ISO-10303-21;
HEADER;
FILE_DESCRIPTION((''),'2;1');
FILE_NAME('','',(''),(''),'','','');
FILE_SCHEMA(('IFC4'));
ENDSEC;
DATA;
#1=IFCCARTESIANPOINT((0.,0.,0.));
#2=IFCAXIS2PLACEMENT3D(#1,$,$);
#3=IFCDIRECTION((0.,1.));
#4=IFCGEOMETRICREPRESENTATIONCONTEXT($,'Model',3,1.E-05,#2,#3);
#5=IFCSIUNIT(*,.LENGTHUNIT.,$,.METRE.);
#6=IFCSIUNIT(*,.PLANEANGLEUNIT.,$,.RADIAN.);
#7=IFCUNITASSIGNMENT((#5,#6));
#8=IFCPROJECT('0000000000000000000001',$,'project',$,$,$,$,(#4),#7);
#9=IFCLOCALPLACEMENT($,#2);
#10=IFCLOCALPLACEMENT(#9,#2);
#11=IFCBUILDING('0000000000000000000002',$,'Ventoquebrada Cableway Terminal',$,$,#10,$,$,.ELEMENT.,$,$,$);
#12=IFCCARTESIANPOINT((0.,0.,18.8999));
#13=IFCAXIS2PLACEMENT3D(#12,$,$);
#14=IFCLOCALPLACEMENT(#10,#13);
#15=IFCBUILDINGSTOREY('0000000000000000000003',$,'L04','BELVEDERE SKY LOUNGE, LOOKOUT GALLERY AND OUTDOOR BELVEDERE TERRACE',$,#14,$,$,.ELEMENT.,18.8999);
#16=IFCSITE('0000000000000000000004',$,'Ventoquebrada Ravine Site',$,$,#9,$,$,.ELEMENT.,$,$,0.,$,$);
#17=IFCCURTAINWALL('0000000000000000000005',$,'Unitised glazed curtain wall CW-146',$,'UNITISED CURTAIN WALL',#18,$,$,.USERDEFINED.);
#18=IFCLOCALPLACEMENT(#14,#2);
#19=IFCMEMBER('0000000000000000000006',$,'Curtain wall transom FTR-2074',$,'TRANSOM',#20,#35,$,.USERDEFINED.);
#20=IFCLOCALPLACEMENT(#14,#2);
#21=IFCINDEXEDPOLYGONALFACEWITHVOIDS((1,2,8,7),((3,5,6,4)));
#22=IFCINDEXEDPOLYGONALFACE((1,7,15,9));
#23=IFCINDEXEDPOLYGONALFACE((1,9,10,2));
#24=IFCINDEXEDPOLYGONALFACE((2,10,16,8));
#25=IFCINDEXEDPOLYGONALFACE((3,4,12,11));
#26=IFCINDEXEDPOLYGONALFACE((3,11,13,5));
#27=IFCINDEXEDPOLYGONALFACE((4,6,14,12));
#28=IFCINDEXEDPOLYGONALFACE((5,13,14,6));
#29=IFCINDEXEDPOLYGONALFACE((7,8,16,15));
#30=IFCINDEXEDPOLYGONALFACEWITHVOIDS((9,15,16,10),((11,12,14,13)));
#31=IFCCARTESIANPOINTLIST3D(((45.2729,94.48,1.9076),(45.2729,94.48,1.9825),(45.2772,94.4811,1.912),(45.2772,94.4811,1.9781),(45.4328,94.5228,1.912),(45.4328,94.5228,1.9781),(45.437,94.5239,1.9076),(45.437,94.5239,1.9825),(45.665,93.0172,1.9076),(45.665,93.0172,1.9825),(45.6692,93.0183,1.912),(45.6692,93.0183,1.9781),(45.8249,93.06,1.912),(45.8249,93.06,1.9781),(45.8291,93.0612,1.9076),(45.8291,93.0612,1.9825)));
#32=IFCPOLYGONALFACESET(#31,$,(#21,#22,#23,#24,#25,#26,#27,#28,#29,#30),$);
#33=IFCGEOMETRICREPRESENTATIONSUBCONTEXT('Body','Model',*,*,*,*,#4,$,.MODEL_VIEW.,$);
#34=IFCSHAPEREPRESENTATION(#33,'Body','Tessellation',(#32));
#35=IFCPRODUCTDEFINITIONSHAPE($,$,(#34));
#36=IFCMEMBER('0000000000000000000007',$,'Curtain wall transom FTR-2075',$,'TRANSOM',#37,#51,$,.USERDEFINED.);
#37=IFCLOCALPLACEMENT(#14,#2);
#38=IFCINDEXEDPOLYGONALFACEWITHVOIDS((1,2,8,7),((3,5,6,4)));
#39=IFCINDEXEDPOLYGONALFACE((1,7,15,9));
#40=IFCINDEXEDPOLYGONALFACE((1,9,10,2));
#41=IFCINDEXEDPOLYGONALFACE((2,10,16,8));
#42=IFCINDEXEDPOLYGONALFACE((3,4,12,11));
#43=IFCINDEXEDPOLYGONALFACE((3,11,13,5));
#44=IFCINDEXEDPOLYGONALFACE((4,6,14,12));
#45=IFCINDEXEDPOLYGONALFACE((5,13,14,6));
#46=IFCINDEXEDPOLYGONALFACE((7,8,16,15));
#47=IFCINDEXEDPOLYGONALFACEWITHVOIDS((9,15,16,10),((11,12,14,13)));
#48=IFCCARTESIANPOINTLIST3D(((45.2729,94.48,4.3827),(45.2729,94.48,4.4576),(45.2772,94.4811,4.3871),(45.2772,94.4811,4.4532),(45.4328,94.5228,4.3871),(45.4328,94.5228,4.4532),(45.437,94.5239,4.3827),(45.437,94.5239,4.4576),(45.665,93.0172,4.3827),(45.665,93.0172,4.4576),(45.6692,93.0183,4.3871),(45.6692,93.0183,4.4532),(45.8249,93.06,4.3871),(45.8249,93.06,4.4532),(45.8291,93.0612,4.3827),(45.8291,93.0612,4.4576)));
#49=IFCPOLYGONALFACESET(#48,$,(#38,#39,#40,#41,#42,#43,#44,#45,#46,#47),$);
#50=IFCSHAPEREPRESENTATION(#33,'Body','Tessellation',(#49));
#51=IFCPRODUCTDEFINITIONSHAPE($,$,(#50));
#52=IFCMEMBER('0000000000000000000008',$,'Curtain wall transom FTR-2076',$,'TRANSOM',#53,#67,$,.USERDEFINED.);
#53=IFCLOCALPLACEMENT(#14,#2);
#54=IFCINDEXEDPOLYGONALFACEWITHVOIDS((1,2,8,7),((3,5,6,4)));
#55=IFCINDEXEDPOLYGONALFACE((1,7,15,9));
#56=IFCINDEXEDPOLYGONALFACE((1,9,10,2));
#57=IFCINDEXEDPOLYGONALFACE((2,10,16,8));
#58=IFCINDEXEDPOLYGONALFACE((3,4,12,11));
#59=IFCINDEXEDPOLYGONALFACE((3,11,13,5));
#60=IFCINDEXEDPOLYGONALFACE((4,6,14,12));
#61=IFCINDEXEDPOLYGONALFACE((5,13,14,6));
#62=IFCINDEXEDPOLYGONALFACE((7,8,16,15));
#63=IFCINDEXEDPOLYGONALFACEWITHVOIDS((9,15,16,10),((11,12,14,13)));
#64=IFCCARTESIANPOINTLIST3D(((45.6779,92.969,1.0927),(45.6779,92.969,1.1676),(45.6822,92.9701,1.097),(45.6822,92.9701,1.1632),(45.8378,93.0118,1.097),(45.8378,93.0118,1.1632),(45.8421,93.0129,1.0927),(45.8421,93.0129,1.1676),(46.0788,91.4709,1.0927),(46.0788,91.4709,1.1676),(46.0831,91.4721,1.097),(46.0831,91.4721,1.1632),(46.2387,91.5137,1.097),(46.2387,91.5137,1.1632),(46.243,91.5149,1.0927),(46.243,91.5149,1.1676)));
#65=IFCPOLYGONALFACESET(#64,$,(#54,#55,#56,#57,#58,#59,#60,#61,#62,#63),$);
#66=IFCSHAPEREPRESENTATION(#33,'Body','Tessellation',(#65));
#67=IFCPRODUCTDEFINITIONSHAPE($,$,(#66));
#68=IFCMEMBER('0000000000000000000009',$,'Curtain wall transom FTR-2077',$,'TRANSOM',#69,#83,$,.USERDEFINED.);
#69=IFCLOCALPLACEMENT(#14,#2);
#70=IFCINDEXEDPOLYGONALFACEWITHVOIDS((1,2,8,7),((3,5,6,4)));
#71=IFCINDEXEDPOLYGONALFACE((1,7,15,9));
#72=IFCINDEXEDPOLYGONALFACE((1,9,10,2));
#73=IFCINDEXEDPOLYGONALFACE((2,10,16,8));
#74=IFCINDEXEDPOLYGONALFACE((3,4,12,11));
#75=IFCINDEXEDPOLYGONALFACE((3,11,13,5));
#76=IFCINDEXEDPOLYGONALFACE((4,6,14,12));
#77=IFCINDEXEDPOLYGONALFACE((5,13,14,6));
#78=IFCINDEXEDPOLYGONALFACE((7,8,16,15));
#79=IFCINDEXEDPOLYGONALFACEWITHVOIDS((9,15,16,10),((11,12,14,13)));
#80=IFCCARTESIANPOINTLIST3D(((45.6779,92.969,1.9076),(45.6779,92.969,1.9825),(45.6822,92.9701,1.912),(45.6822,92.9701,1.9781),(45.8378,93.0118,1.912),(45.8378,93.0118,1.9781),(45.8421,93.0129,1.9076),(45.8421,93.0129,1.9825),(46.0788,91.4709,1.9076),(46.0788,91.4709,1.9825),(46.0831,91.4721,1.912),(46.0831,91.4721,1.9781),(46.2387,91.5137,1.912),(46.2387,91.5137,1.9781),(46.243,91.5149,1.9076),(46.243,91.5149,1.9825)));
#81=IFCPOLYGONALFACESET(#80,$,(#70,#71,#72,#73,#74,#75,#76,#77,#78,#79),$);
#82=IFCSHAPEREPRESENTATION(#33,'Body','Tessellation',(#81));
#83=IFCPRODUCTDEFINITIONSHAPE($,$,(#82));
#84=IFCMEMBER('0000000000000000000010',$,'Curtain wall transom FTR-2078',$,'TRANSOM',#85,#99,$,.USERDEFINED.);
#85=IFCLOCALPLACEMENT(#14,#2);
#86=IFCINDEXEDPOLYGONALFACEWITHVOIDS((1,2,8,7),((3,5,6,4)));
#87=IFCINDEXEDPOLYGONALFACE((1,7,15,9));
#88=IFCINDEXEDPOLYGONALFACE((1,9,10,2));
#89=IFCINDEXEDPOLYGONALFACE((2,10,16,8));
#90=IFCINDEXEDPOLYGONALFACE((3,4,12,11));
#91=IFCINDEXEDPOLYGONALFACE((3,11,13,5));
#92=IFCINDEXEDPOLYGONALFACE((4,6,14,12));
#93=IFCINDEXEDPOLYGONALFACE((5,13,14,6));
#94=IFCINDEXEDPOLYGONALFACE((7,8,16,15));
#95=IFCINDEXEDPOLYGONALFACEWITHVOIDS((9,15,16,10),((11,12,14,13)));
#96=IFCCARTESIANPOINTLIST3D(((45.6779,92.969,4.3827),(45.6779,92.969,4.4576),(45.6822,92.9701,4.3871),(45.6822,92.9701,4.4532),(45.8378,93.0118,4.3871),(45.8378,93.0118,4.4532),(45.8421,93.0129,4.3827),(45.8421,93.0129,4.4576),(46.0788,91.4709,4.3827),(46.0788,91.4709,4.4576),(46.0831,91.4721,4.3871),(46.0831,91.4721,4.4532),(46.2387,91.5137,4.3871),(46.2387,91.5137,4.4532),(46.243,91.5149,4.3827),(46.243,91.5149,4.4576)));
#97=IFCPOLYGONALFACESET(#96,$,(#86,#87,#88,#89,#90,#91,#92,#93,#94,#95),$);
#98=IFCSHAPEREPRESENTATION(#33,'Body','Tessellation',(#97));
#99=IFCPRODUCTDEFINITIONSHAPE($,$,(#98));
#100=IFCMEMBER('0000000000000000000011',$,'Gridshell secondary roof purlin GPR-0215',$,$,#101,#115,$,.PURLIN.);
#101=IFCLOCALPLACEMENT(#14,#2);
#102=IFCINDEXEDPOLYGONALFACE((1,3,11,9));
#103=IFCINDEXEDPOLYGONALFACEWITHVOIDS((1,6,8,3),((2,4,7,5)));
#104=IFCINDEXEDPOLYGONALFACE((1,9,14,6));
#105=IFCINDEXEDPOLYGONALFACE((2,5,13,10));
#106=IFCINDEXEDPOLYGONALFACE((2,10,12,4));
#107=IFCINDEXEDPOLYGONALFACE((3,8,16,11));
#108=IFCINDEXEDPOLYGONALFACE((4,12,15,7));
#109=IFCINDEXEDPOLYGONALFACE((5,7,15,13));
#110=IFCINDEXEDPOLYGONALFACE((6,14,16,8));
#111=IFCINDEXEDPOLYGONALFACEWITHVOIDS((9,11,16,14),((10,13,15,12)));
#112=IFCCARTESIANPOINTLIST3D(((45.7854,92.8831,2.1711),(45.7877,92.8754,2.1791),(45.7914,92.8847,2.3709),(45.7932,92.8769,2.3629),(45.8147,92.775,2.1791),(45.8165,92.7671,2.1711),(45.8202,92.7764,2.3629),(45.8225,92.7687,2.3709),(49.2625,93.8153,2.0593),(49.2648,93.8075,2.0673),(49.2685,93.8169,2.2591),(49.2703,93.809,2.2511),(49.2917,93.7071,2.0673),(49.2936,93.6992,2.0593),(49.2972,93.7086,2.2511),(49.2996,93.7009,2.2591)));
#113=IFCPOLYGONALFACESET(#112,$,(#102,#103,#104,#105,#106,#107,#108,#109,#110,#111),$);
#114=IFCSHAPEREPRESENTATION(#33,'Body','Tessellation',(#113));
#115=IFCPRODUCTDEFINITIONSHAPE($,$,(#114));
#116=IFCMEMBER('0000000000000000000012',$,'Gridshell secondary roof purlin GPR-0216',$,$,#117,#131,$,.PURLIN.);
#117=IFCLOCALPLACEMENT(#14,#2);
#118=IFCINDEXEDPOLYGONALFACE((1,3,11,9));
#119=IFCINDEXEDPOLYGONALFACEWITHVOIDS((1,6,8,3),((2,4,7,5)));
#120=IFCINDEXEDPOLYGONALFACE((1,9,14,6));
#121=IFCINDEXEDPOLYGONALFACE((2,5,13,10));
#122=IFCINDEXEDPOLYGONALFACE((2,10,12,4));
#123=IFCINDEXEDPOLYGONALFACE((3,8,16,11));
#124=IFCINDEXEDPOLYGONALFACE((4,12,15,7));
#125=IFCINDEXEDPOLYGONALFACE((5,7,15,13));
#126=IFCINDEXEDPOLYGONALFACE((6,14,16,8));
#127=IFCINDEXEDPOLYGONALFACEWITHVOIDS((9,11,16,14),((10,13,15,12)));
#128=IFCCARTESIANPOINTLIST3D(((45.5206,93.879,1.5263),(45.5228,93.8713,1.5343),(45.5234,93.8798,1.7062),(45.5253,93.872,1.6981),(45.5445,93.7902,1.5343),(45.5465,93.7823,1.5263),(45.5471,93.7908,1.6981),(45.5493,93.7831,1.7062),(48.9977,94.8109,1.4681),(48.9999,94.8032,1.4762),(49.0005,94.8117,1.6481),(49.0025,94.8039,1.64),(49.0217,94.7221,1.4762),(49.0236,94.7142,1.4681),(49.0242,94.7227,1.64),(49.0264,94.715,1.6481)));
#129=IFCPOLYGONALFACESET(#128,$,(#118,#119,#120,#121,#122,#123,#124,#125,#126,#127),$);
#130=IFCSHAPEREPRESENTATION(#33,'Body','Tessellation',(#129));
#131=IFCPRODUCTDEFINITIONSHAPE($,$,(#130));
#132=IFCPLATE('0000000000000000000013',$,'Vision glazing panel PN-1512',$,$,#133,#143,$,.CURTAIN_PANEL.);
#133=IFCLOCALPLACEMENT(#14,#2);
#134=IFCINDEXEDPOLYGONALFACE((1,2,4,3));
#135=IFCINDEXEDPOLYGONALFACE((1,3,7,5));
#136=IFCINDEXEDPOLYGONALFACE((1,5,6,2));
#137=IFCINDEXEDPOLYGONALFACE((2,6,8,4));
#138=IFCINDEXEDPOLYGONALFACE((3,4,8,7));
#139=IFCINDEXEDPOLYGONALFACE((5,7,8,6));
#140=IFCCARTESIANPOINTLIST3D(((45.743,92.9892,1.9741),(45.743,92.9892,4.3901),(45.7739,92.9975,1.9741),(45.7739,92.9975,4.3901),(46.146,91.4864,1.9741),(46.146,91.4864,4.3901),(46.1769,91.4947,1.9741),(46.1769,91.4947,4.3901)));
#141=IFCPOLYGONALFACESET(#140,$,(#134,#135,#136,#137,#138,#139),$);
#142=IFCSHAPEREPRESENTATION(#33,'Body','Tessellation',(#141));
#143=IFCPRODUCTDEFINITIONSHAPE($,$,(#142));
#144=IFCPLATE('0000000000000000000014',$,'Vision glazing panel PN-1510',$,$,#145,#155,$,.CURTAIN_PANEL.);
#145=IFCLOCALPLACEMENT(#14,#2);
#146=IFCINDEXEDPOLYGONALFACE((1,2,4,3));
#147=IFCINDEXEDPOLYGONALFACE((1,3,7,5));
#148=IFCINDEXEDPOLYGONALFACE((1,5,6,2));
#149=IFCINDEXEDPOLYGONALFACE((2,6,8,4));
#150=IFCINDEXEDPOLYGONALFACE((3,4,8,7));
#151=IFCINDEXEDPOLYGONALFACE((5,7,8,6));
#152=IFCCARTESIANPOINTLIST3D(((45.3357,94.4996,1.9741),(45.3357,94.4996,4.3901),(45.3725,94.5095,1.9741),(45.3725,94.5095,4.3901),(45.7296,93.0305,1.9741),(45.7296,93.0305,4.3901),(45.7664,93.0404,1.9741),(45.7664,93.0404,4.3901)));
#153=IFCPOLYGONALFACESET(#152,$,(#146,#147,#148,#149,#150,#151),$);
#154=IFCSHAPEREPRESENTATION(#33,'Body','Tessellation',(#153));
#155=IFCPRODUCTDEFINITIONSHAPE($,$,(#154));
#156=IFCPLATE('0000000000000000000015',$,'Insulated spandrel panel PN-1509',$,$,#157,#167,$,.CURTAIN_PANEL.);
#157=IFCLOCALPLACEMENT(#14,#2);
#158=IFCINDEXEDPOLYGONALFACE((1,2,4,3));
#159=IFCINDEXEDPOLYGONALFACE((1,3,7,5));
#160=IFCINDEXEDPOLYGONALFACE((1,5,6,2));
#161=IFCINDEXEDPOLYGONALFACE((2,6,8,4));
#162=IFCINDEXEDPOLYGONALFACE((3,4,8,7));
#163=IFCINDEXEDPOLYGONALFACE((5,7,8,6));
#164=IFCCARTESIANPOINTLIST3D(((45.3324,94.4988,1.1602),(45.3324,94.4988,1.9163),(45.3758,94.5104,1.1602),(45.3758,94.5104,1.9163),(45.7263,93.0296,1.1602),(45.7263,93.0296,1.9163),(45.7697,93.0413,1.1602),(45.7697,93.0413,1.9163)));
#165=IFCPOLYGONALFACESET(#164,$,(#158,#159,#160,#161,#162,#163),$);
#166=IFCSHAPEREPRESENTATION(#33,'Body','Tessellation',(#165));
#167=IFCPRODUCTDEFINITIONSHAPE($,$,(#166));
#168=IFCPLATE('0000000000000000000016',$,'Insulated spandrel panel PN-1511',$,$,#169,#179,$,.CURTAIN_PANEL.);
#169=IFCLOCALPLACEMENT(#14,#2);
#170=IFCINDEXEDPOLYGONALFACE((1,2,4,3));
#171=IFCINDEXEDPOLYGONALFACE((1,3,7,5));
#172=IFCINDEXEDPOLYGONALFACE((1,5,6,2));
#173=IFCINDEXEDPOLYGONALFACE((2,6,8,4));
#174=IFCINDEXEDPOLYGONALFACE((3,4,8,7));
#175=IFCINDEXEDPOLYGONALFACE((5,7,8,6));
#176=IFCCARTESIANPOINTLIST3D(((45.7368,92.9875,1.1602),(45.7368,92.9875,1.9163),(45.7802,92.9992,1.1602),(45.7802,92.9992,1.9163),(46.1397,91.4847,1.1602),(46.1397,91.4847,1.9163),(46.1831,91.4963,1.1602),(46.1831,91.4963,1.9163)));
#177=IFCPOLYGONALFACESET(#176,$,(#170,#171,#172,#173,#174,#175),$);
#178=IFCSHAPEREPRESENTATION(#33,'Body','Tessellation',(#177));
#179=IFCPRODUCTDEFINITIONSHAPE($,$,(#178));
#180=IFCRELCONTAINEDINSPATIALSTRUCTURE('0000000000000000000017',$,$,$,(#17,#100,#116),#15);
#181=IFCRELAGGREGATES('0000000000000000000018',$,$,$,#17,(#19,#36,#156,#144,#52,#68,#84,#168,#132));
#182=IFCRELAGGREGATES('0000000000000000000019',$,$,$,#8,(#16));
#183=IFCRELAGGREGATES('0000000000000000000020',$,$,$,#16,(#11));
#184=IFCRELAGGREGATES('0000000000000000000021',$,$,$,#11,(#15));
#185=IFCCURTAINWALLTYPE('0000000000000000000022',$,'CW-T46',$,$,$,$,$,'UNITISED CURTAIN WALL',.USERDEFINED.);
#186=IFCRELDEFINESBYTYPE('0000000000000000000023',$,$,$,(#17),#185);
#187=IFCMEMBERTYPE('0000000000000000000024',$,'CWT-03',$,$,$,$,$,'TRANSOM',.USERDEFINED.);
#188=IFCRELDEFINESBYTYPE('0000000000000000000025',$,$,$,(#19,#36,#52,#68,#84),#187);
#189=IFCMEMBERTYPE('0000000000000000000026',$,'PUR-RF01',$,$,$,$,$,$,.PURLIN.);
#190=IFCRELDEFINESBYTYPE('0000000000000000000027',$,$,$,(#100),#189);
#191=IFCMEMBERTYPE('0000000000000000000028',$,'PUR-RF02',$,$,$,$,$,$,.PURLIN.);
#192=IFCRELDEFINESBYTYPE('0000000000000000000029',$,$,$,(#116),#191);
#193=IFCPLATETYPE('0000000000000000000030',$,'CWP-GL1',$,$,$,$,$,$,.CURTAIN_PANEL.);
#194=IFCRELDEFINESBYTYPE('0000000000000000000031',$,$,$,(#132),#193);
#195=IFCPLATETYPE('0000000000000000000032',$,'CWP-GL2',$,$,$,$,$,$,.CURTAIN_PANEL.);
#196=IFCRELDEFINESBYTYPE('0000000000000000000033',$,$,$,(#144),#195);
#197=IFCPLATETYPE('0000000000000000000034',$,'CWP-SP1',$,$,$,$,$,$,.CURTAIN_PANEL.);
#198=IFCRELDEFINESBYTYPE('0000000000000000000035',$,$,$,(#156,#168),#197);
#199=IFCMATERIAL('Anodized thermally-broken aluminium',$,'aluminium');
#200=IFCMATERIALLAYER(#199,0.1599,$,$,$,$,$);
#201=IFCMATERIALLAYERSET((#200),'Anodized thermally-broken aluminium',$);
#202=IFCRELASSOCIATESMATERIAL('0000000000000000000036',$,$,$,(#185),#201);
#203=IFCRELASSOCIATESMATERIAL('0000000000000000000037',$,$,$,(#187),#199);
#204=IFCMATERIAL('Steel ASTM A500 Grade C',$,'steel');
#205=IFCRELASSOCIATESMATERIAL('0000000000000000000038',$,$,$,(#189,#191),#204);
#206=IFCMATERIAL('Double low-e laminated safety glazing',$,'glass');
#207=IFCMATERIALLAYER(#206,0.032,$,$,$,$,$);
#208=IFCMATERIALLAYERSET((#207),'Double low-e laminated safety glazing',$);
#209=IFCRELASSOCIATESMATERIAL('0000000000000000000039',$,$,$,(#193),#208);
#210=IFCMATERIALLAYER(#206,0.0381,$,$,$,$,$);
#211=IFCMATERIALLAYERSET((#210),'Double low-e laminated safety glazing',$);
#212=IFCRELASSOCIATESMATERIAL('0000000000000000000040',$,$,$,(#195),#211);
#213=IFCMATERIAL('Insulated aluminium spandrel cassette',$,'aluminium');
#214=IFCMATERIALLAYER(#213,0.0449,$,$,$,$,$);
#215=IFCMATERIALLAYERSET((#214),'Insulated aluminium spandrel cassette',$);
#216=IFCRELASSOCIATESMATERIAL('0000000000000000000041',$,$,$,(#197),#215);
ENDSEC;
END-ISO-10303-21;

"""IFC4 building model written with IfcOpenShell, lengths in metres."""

from ifc_helpers import new_model, si_unit, direction, frame, origin, origin_2d, place, context, subcontext, project, spatial, rectangle, hollow_rectangle, extrude, material, layer, layer_set, material_profile, profile_set, type_object, element, aggregate, save


model = new_model("IFC4")

# Units and contexts
model_context = context("Model", 3, precision=1e-05, world=origin(), true_north=direction((0.0, 1.0)))
body_context = subcontext(model_context, "Body", "Model", "MODEL_VIEW")
ifc_project = project(units=[si_unit("LENGTHUNIT", "METRE"), si_unit("PLANEANGLEUNIT", "RADIAN")], contexts=[model_context])

# Site, building, storey
site_placement = place(None, origin())
site = spatial("IfcSite", under=ifc_project, at=site_placement, Name="Ventoquebrada Ravine Site", CompositionType="ELEMENT", RefElevation=0.0)
building_placement = place(site_placement, origin())
building = spatial("IfcBuilding", under=site, at=building_placement, Name="Ventoquebrada Cableway Terminal", CompositionType="ELEMENT")
storey_placement = place(building_placement, frame((0.0, 0.0, 18.8999)))
storey = spatial("IfcBuildingStorey", under=building, at=storey_placement, Name="L04", Description="BELVEDERE SKY LOUNGE, LOOKOUT GALLERY AND OUTDOOR BELVEDERE TERRACE", CompositionType="ELEMENT", Elevation=18.8999)

# Shared definitions
ifc_material_1 = material(Name="Steel ASTM A500 Grade C", Category="steel")

# Shared definitions
ifc_material_2 = material(Name="Anodized thermally-broken aluminium", Category="aluminium")

# Curtain wall, members
ifc_layer_1 = layer(ifc_material_2, 0.1599)
ifc_layer_set_1 = layer_set([ifc_layer_1], Name="Anodized thermally-broken aluminium")
curtain_wall_type_1 = type_object("IfcCurtainWallType", Name="CW-T46", ElementType="UNITISED CURTAIN WALL", PredefinedType="USERDEFINED", material=ifc_layer_set_1)
curtain_wall_1_placement = place(storey_placement, origin())
curtain_wall_1 = element("IfcCurtainWall", 1, at=curtain_wall_1_placement, inside=storey, type_object=curtain_wall_type_1, Name="Unitised glazed curtain wall CW-146", ObjectType="UNITISED CURTAIN WALL", PredefinedType="USERDEFINED")
ifc_material_profile_1 = material_profile(ifc_material_2, hollow_rectangle(XDim=0.075, YDim=0.1699, WallThickness=0.0044, at=origin_2d()), Name="CW-TRN-75X170")
ifc_profile_set_1 = profile_set([ifc_material_profile_1], Name="Anodized thermally-broken aluminium")
member_type_1 = type_object("IfcMemberType", Name="CWT-03", ElementType="TRANSOM", PredefinedType="USERDEFINED", material=ifc_profile_set_1)
member_1_placement = place(storey_placement, frame((45.355, 94.502, 1.9451), z_axis=(0.258886, -0.965908, 0.0), x_axis=(0.0, 0.0, 1.0)))
member_1 = element("IfcMember", 2, at=member_1_placement, type_object=member_type_1, Name="Curtain wall transom FTR-2074", ObjectType="TRANSOM", PredefinedType="USERDEFINED", context=body_context, shape_type="SweptSolid", body=[
    extrude(hollow_rectangle(XDim=0.075, YDim=0.1699, WallThickness=0.0044, at=origin_2d()), origin(), (0.0, 0.0, 1.0), 1.5144),
])
member_2_placement = place(storey_placement, frame((45.355, 94.502, 4.4202), z_axis=(0.258886, -0.965908, 0.0), x_axis=(0.0, 0.0, 1.0)))
member_2 = element("IfcMember", 3, at=member_2_placement, type_object=member_type_1, Name="Curtain wall transom FTR-2075", ObjectType="TRANSOM", PredefinedType="USERDEFINED", context=body_context, shape_type="SweptSolid", body=[
    extrude(hollow_rectangle(XDim=0.075, YDim=0.1699, WallThickness=0.0044, at=origin_2d()), origin(), (0.0, 0.0, 1.0), 1.5144),
])
member_3_placement = place(storey_placement, frame((45.76, 92.991, 1.1301), z_axis=(0.258505, -0.96601, 0.0), x_axis=(0.0, 0.0, 1.0)))
member_3 = element("IfcMember", 4, at=member_3_placement, type_object=member_type_1, Name="Curtain wall transom FTR-2076", ObjectType="TRANSOM", PredefinedType="USERDEFINED", context=body_context, shape_type="SweptSolid", body=[
    extrude(hollow_rectangle(XDim=0.075, YDim=0.1699, WallThickness=0.0044, at=origin_2d()), origin(), (0.0, 0.0, 1.0), 1.5508),
])
member_4_placement = place(storey_placement, frame((45.76, 92.991, 1.9451), z_axis=(0.258505, -0.96601, 0.0), x_axis=(0.0, 0.0, 1.0)))
member_4 = element("IfcMember", 5, at=member_4_placement, type_object=member_type_1, Name="Curtain wall transom FTR-2077", ObjectType="TRANSOM", PredefinedType="USERDEFINED", context=body_context, shape_type="SweptSolid", body=[
    extrude(hollow_rectangle(XDim=0.075, YDim=0.1699, WallThickness=0.0044, at=origin_2d()), origin(), (0.0, 0.0, 1.0), 1.5508),
])
member_5_placement = place(storey_placement, frame((45.76, 92.991, 4.4202), z_axis=(0.258505, -0.96601, 0.0), x_axis=(0.0, 0.0, 1.0)))
member_5 = element("IfcMember", 6, at=member_5_placement, type_object=member_type_1, Name="Curtain wall transom FTR-2078", ObjectType="TRANSOM", PredefinedType="USERDEFINED", context=body_context, shape_type="SweptSolid", body=[
    extrude(hollow_rectangle(XDim=0.075, YDim=0.1699, WallThickness=0.0044, at=origin_2d()), origin(), (0.0, 0.0, 1.0), 1.5508),
])

# Members
ifc_material_profile_2 = material_profile(ifc_material_1, hollow_rectangle(XDim=0.1201, YDim=0.2, WallThickness=0.0081, at=origin_2d()), Name="RHS200X120X8")
ifc_profile_set_2 = profile_set([ifc_material_profile_2], Name="Steel ASTM A500 Grade C")
member_type_2 = type_object("IfcMemberType", Name="PUR-RF01", PredefinedType="PURLIN", material=ifc_profile_set_2)
member_6_placement = place(storey_placement, frame((45.804, 92.8259, 2.271), z_axis=(0.965429, 0.258812, -0.031047), x_axis=(-0.258937, 0.965894, 0.0)))
element("IfcMember", 7, at=member_6_placement, inside=storey, type_object=member_type_2, Name="Gridshell secondary roof purlin GPR-0215", PredefinedType="PURLIN", context=body_context, shape_type="SweptSolid", body=[
    extrude(hollow_rectangle(XDim=0.1201, YDim=0.2, WallThickness=0.0081, at=origin_2d()), origin(), (0.0, 0.0, 1.0), 3.6016),
])
ifc_material_profile_3 = material_profile(ifc_material_1, hollow_rectangle(XDim=0.1001, YDim=0.1799, WallThickness=0.0081, at=origin_2d()), Name="RHS180X100X8")
ifc_profile_set_3 = profile_set([ifc_material_profile_3], Name="Steel ASTM A500 Grade C")
member_type_3 = type_object("IfcMemberType", Name="PUR-RF02", PredefinedType="PURLIN", material=ifc_profile_set_3)
member_7_placement = place(storey_placement, frame((45.5349, 93.8311, 1.6162), z_axis=(0.965785, 0.25884, -0.016139), x_axis=(-0.258874, 0.965911, 0.0)))
element("IfcMember", 8, at=member_7_placement, inside=storey, type_object=member_type_3, Name="Gridshell secondary roof purlin GPR-0216", PredefinedType="PURLIN", context=body_context, shape_type="SweptSolid", body=[
    extrude(hollow_rectangle(XDim=0.1001, YDim=0.1799, WallThickness=0.0081, at=origin_2d()), origin(), (0.0, 0.0, 1.0), 3.6003),
])

# Plates
ifc_material_3 = material(Name="Double low-e laminated safety glazing", Category="glass")
ifc_layer_2 = layer(ifc_material_3, 0.032)
ifc_layer_set_2 = layer_set([ifc_layer_2], Name="Double low-e laminated safety glazing")
plate_type_1 = type_object("IfcPlateType", Name="CWP-GL1", PredefinedType="CURTAIN_PANEL", material=ifc_layer_set_2)
plate_1_placement = place(storey_placement, frame((45.96, 92.2419, 1.9741), z_axis=(0.0, 0.0, 1.0), x_axis=(0.258971, -0.965885, 0.0)))
plate_1 = element("IfcPlate", 9, at=plate_1_placement, type_object=plate_type_1, Name="Vision glazing panel PN-1512", PredefinedType="CURTAIN_PANEL", context=body_context, shape_type="SweptSolid", body=[
    extrude(rectangle(XDim=1.5559, YDim=0.032, at=origin_2d()), origin(), (0.0, 0.0, 1.0), 2.416),
])
ifc_layer_3 = layer(ifc_material_3, 0.0381)
ifc_layer_set_3 = layer_set([ifc_layer_3], Name="Double low-e laminated safety glazing")
plate_type_2 = type_object("IfcPlateType", Name="CWP-GL2", PredefinedType="CURTAIN_PANEL", material=ifc_layer_set_3)
plate_2_placement = place(storey_placement, frame((45.551, 93.77, 1.9741), z_axis=(0.0, 0.0, 1.0), x_axis=(0.258971, -0.965885, 0.0)))
plate_2 = element("IfcPlate", 10, at=plate_2_placement, type_object=plate_type_2, Name="Vision glazing panel PN-1510", PredefinedType="CURTAIN_PANEL", context=body_context, shape_type="SweptSolid", body=[
    extrude(rectangle(XDim=1.521, YDim=0.0381, at=origin_2d()), origin(), (0.0, 0.0, 1.0), 2.416),
])
ifc_material_4 = material(Name="Insulated aluminium spandrel cassette", Category="aluminium")
ifc_layer_4 = layer(ifc_material_4, 0.0449)
ifc_layer_set_4 = layer_set([ifc_layer_4], Name="Insulated aluminium spandrel cassette")
plate_type_3 = type_object("IfcPlateType", Name="CWP-SP1", PredefinedType="CURTAIN_PANEL", material=ifc_layer_set_4)
plate_3_placement = place(storey_placement, frame((45.551, 93.77, 1.1602), z_axis=(0.0, 0.0, 1.0), x_axis=(0.258971, -0.965885, 0.0)))
plate_3 = element("IfcPlate", 11, at=plate_3_placement, type_object=plate_type_3, Name="Insulated spandrel panel PN-1509", PredefinedType="CURTAIN_PANEL", context=body_context, shape_type="SweptSolid", body=[
    extrude(rectangle(XDim=1.521, YDim=0.0449, at=origin_2d()), origin(), (0.0, 0.0, 1.0), 0.7561),
])
plate_4_placement = place(storey_placement, frame((45.96, 92.2419, 1.1602), z_axis=(0.0, 0.0, 1.0), x_axis=(0.258971, -0.965885, 0.0)))
plate_4 = element("IfcPlate", 12, at=plate_4_placement, type_object=plate_type_3, Name="Insulated spandrel panel PN-1511", PredefinedType="CURTAIN_PANEL", context=body_context, shape_type="SweptSolid", body=[
    extrude(rectangle(XDim=1.5559, YDim=0.0449, at=origin_2d()), origin(), (0.0, 0.0, 1.0), 0.7561),
])
aggregate(curtain_wall_1, [member_1, member_2, plate_3, plate_2, member_3, member_4, member_5, plate_4, plate_1])

save(model, "model.ifc")
